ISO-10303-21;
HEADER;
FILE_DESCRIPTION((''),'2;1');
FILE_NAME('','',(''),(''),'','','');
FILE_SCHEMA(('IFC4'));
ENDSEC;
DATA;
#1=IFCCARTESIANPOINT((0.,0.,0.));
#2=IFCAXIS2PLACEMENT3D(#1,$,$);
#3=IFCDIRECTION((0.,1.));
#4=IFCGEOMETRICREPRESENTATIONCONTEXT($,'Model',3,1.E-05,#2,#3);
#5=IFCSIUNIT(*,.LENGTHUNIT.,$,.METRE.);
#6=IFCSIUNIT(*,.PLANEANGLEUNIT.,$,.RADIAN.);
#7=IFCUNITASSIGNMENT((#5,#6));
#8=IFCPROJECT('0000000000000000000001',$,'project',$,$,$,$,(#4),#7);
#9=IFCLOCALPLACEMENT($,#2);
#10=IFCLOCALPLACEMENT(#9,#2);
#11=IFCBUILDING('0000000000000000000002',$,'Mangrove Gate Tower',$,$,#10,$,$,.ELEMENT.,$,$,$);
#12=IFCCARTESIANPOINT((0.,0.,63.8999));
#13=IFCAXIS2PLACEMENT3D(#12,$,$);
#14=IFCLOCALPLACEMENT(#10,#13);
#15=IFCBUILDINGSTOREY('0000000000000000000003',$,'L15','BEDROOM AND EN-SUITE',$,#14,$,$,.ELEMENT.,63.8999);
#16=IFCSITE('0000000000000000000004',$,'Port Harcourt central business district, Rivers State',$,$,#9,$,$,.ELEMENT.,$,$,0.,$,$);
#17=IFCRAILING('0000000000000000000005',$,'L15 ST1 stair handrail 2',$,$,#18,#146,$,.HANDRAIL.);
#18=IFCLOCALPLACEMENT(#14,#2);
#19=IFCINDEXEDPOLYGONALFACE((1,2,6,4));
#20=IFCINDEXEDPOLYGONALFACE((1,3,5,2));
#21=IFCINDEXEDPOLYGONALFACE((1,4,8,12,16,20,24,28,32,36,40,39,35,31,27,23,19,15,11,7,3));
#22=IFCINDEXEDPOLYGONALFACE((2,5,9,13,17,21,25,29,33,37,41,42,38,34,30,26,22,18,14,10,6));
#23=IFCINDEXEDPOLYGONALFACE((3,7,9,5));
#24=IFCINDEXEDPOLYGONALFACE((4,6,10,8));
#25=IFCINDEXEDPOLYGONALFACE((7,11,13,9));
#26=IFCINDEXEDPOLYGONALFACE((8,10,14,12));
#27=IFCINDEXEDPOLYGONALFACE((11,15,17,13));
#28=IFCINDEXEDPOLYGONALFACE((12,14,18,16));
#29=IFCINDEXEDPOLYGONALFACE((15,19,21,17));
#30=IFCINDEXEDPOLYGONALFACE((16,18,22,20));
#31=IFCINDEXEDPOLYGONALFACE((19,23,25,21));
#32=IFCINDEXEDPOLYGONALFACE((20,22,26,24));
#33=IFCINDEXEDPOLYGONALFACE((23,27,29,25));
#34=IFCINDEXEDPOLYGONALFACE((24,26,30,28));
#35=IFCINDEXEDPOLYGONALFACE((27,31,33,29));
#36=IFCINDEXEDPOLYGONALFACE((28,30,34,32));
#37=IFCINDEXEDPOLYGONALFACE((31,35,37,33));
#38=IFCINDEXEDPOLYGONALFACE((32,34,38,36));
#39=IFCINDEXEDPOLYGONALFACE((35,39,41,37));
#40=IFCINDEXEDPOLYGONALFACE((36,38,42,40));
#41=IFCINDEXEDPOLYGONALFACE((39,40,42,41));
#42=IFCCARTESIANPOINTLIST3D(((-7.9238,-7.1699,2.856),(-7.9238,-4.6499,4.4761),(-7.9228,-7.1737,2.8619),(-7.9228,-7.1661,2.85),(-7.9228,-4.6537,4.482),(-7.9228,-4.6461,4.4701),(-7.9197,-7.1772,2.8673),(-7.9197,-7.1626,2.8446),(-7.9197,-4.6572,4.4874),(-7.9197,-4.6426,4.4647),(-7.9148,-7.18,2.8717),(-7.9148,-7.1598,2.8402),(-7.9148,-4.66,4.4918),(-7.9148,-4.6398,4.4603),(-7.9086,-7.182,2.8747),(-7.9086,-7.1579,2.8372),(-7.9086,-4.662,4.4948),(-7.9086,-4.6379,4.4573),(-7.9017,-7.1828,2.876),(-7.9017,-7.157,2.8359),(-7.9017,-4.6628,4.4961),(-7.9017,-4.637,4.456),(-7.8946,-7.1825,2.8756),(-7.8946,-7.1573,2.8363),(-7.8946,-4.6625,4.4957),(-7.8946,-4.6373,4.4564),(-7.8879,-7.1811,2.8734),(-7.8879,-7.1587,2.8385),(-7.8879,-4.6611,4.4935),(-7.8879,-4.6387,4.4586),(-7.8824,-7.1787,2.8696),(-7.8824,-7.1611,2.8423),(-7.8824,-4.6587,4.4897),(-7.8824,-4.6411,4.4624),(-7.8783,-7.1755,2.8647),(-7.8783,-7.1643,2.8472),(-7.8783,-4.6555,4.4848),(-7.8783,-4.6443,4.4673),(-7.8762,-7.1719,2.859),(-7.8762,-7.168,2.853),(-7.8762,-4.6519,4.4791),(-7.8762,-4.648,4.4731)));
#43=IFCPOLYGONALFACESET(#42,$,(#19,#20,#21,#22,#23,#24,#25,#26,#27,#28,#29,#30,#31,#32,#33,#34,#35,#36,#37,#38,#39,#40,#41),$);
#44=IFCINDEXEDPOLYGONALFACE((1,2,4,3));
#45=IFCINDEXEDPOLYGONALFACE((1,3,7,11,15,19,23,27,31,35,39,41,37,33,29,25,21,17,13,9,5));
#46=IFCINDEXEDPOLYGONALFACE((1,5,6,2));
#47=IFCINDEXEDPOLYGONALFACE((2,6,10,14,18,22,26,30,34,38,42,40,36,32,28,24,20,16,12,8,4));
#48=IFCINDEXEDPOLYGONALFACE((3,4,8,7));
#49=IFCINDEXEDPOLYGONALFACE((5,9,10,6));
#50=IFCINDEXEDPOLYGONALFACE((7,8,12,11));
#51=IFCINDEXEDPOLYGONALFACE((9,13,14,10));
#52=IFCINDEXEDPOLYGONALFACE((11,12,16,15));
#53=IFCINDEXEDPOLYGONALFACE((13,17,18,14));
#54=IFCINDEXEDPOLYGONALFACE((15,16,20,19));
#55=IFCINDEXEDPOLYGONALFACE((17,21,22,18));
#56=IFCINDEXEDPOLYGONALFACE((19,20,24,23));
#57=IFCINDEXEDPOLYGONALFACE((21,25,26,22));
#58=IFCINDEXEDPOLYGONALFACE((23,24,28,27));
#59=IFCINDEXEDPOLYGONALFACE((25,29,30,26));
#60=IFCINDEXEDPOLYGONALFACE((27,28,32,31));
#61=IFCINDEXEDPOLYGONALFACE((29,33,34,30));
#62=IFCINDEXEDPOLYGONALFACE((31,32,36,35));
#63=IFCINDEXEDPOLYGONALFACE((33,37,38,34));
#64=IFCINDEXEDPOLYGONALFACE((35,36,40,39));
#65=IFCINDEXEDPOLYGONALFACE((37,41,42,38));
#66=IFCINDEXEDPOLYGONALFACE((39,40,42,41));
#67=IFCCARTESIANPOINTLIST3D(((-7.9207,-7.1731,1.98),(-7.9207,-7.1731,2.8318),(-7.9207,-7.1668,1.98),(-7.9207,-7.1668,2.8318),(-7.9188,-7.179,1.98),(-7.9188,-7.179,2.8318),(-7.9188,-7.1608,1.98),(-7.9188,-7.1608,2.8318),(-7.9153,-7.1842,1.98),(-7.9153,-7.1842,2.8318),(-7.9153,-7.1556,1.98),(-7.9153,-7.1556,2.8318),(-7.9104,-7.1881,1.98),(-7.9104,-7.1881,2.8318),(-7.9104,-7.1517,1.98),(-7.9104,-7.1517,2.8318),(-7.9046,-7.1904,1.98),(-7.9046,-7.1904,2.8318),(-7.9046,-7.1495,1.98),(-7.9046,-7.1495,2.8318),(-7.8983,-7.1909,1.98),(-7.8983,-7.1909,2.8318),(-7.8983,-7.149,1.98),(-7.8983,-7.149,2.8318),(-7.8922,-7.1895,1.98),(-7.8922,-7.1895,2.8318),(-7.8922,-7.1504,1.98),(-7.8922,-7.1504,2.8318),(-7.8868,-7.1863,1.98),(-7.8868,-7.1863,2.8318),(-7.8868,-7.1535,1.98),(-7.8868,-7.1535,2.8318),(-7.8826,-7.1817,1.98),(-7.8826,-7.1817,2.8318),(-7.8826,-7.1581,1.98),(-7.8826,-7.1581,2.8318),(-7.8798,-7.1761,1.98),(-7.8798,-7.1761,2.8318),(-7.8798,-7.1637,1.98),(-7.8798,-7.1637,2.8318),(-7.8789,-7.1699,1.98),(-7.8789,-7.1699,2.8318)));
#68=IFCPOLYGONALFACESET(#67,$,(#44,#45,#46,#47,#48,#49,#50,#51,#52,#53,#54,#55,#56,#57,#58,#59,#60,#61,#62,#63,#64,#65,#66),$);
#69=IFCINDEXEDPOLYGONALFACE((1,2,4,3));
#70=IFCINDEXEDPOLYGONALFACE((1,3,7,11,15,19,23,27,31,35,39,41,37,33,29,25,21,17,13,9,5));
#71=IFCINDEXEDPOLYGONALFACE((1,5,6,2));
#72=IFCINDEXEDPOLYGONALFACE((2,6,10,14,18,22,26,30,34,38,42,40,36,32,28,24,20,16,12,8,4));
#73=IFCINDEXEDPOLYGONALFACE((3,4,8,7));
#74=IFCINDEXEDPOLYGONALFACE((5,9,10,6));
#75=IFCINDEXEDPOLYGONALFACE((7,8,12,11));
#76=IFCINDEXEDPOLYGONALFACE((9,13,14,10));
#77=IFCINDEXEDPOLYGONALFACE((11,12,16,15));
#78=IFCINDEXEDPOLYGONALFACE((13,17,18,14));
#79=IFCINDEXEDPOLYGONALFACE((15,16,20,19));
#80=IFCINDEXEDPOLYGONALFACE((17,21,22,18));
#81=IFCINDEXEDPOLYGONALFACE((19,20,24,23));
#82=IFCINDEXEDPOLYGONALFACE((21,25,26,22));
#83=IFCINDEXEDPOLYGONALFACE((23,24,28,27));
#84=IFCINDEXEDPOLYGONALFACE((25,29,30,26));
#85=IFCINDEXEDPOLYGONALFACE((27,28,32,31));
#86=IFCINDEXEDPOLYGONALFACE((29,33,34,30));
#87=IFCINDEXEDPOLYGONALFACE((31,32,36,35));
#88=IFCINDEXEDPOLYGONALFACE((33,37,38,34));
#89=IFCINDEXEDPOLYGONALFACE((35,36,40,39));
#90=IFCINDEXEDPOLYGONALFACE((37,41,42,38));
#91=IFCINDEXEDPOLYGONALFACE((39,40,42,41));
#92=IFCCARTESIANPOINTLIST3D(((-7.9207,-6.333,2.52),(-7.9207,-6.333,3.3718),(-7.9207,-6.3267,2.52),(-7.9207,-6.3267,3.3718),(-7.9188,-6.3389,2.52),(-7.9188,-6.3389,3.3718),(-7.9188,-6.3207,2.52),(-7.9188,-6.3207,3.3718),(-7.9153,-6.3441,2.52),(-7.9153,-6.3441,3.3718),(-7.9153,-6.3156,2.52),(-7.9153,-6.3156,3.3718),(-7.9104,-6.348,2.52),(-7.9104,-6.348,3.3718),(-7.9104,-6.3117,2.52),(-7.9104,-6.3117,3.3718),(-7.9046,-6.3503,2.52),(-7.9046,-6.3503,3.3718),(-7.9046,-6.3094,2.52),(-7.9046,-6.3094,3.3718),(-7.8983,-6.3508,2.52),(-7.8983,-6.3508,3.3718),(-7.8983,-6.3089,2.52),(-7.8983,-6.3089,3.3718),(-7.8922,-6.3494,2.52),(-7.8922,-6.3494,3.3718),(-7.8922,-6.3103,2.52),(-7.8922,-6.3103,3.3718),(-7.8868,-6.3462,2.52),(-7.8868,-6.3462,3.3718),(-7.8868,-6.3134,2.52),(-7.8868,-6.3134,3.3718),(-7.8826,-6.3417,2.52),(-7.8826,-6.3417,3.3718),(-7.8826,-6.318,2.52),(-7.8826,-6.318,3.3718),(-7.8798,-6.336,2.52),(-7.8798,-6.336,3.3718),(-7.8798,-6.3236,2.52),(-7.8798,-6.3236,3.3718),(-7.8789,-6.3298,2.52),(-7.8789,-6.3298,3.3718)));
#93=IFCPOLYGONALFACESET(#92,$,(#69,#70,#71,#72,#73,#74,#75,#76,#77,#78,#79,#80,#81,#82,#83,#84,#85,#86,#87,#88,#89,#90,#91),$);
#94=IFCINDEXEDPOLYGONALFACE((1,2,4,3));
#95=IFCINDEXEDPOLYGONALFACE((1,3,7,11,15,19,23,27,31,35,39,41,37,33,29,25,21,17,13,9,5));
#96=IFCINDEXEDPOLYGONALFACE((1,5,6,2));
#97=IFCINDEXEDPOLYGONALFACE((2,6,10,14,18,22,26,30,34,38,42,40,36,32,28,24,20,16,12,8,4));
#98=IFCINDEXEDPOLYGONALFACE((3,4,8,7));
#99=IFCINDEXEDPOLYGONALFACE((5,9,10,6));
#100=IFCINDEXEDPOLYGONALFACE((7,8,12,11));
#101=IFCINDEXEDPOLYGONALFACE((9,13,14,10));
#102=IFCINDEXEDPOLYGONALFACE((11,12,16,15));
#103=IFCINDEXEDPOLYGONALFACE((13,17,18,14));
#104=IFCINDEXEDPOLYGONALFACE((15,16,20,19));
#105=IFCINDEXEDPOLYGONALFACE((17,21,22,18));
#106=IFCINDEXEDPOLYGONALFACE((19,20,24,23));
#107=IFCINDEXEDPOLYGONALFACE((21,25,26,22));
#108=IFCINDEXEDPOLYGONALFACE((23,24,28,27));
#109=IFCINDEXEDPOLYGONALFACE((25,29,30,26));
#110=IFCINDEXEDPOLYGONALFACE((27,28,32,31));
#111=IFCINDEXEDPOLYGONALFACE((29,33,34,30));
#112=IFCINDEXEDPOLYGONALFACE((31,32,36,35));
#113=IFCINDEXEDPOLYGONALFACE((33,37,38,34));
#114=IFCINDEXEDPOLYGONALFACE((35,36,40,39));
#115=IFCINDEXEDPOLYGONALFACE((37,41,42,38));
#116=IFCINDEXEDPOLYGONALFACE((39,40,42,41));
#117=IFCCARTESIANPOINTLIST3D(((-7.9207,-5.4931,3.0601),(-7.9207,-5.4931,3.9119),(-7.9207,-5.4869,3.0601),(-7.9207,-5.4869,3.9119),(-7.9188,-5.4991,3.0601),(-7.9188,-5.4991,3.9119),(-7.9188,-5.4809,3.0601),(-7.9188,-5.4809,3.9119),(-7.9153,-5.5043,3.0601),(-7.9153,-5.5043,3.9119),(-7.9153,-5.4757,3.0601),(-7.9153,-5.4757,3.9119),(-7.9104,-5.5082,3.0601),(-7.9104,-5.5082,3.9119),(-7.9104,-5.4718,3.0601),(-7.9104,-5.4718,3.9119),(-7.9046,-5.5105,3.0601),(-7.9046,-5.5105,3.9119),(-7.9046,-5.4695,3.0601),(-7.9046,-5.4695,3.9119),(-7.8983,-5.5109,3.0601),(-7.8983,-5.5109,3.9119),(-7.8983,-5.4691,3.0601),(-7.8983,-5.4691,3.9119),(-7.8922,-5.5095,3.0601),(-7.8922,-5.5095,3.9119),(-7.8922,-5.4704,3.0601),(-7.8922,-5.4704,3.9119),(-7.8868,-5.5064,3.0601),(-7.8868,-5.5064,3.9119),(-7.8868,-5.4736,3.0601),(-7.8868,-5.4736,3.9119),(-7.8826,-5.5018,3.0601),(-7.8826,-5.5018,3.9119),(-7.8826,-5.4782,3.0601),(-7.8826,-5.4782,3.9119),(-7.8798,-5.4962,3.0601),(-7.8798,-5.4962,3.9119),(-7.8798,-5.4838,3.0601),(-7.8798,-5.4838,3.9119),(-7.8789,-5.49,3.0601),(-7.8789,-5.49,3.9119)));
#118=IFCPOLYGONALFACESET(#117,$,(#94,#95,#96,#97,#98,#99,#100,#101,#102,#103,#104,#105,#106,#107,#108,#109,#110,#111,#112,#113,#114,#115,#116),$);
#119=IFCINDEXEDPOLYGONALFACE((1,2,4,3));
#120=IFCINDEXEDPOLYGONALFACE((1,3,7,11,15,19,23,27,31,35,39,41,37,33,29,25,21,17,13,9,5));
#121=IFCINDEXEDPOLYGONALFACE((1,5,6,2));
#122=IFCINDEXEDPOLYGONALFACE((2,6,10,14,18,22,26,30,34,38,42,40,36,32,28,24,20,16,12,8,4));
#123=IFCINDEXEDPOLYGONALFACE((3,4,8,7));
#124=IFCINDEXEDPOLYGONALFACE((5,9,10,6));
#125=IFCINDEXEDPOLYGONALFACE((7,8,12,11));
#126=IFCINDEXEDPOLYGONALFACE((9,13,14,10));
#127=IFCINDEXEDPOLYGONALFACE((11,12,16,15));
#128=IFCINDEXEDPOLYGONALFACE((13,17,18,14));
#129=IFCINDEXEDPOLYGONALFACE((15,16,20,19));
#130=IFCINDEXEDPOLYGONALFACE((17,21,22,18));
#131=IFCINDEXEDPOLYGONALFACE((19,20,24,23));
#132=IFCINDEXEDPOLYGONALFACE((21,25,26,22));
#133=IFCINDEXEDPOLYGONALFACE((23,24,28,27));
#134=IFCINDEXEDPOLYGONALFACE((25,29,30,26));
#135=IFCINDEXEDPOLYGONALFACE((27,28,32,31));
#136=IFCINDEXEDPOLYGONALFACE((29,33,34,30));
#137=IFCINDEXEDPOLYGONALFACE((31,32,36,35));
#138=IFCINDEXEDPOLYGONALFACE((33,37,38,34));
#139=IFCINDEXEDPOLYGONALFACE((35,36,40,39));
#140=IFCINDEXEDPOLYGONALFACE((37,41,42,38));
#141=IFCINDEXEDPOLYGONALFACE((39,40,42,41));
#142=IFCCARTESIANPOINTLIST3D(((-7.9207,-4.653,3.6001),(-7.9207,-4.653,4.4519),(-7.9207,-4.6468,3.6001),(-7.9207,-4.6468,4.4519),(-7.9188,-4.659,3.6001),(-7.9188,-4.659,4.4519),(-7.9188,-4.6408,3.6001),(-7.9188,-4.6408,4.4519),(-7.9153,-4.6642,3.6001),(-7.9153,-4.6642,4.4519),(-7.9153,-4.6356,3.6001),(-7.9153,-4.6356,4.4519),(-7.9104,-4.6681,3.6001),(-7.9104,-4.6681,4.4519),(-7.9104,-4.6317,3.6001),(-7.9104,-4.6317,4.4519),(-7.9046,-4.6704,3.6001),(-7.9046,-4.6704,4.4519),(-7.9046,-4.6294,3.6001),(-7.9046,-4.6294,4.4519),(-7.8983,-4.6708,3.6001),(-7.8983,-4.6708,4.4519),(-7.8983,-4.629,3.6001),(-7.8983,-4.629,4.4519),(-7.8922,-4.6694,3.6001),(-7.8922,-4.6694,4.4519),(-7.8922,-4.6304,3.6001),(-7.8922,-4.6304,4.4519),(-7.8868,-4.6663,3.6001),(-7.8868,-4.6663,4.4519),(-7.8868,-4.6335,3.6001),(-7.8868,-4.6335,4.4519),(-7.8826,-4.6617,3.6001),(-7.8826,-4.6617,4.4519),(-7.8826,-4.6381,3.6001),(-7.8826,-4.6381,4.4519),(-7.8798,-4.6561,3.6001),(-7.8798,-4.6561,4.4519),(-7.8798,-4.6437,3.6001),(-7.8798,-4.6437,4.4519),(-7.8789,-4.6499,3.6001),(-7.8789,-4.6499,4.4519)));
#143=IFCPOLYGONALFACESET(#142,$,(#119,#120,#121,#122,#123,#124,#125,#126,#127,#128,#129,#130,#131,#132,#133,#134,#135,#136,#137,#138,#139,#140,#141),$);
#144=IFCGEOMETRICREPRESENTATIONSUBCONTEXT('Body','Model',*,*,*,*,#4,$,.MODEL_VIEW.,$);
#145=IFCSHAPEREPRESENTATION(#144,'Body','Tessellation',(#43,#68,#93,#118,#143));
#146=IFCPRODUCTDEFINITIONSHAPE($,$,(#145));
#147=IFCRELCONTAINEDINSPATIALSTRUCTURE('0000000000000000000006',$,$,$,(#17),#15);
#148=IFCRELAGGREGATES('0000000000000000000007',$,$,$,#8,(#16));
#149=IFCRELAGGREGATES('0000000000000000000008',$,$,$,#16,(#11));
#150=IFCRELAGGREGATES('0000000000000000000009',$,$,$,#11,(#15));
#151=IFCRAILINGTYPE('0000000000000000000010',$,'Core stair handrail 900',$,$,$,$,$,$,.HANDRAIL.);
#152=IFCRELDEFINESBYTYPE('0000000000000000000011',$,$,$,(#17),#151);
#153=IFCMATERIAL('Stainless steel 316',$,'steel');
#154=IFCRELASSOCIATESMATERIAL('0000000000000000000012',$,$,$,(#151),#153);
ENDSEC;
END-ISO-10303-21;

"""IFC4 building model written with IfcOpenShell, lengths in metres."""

from ifc_helpers import new_model, si_unit, direction, frame, origin, origin_2d, place, context, subcontext, project, spatial, circle, extrude, material, type_object, element, save


model = new_model("IFC4")

# Units and contexts
model_context = context("Model", 3, precision=1e-05, world=origin(), true_north=direction((0.0, 1.0)))
body_context = subcontext(model_context, "Body", "Model", "MODEL_VIEW")
ifc_project = project(units=[si_unit("LENGTHUNIT", "METRE"), si_unit("PLANEANGLEUNIT", "RADIAN")], contexts=[model_context])

# Site, building, storey
site_placement = place(None, origin())
site = spatial("IfcSite", under=ifc_project, at=site_placement, Name="Port Harcourt central business district, Rivers State", CompositionType="ELEMENT", RefElevation=0.0)
building_placement = place(site_placement, origin())
building = spatial("IfcBuilding", under=site, at=building_placement, Name="Mangrove Gate Tower", CompositionType="ELEMENT")
storey_placement = place(building_placement, frame((0.0, 0.0, 63.8999)))
storey = spatial("IfcBuildingStorey", under=building, at=storey_placement, Name="L15", Description="BEDROOM AND EN-SUITE", CompositionType="ELEMENT", Elevation=63.8999)

# Railing
ifc_material_1 = material(Name="Stainless steel 316", Category="steel")
railing_type_1 = type_object("IfcRailingType", Name="Core stair handrail 900", PredefinedType="HANDRAIL", material=ifc_material_1)
railing_1_placement = place(storey_placement, frame((-7.8999, -7.1699, 1.98)))
element("IfcRailing", 1, at=railing_1_placement, inside=storey, type_object=railing_type_1, Name="L15 ST1 stair handrail 2", PredefinedType="HANDRAIL", context=body_context, shape_type="SweptSolid", body=[
    extrude(circle(Radius=0.0239, at=origin_2d()), frame((0.0, 0.0, 0.876), z_axis=(0.0, 0.841163, 0.540782), x_axis=(-1.0, 0.0, 0.0)), (0.0, 0.0, 1.0), 2.9958),
    extrude(circle(Radius=0.021, at=origin_2d()), origin(), (0.0, 0.0, 1.0), 0.8518),
    extrude(circle(Radius=0.021, at=origin_2d()), frame((0.0, 0.8401, 0.54)), (0.0, 0.0, 1.0), 0.8518),
    extrude(circle(Radius=0.021, at=origin_2d()), frame((0.0, 1.6799, 1.0801)), (0.0, 0.0, 1.0), 0.8518),
    extrude(circle(Radius=0.021, at=origin_2d()), frame((0.0, 2.52, 1.6201)), (0.0, 0.0, 1.0), 0.8518),
])

save(model, "model.ifc")
